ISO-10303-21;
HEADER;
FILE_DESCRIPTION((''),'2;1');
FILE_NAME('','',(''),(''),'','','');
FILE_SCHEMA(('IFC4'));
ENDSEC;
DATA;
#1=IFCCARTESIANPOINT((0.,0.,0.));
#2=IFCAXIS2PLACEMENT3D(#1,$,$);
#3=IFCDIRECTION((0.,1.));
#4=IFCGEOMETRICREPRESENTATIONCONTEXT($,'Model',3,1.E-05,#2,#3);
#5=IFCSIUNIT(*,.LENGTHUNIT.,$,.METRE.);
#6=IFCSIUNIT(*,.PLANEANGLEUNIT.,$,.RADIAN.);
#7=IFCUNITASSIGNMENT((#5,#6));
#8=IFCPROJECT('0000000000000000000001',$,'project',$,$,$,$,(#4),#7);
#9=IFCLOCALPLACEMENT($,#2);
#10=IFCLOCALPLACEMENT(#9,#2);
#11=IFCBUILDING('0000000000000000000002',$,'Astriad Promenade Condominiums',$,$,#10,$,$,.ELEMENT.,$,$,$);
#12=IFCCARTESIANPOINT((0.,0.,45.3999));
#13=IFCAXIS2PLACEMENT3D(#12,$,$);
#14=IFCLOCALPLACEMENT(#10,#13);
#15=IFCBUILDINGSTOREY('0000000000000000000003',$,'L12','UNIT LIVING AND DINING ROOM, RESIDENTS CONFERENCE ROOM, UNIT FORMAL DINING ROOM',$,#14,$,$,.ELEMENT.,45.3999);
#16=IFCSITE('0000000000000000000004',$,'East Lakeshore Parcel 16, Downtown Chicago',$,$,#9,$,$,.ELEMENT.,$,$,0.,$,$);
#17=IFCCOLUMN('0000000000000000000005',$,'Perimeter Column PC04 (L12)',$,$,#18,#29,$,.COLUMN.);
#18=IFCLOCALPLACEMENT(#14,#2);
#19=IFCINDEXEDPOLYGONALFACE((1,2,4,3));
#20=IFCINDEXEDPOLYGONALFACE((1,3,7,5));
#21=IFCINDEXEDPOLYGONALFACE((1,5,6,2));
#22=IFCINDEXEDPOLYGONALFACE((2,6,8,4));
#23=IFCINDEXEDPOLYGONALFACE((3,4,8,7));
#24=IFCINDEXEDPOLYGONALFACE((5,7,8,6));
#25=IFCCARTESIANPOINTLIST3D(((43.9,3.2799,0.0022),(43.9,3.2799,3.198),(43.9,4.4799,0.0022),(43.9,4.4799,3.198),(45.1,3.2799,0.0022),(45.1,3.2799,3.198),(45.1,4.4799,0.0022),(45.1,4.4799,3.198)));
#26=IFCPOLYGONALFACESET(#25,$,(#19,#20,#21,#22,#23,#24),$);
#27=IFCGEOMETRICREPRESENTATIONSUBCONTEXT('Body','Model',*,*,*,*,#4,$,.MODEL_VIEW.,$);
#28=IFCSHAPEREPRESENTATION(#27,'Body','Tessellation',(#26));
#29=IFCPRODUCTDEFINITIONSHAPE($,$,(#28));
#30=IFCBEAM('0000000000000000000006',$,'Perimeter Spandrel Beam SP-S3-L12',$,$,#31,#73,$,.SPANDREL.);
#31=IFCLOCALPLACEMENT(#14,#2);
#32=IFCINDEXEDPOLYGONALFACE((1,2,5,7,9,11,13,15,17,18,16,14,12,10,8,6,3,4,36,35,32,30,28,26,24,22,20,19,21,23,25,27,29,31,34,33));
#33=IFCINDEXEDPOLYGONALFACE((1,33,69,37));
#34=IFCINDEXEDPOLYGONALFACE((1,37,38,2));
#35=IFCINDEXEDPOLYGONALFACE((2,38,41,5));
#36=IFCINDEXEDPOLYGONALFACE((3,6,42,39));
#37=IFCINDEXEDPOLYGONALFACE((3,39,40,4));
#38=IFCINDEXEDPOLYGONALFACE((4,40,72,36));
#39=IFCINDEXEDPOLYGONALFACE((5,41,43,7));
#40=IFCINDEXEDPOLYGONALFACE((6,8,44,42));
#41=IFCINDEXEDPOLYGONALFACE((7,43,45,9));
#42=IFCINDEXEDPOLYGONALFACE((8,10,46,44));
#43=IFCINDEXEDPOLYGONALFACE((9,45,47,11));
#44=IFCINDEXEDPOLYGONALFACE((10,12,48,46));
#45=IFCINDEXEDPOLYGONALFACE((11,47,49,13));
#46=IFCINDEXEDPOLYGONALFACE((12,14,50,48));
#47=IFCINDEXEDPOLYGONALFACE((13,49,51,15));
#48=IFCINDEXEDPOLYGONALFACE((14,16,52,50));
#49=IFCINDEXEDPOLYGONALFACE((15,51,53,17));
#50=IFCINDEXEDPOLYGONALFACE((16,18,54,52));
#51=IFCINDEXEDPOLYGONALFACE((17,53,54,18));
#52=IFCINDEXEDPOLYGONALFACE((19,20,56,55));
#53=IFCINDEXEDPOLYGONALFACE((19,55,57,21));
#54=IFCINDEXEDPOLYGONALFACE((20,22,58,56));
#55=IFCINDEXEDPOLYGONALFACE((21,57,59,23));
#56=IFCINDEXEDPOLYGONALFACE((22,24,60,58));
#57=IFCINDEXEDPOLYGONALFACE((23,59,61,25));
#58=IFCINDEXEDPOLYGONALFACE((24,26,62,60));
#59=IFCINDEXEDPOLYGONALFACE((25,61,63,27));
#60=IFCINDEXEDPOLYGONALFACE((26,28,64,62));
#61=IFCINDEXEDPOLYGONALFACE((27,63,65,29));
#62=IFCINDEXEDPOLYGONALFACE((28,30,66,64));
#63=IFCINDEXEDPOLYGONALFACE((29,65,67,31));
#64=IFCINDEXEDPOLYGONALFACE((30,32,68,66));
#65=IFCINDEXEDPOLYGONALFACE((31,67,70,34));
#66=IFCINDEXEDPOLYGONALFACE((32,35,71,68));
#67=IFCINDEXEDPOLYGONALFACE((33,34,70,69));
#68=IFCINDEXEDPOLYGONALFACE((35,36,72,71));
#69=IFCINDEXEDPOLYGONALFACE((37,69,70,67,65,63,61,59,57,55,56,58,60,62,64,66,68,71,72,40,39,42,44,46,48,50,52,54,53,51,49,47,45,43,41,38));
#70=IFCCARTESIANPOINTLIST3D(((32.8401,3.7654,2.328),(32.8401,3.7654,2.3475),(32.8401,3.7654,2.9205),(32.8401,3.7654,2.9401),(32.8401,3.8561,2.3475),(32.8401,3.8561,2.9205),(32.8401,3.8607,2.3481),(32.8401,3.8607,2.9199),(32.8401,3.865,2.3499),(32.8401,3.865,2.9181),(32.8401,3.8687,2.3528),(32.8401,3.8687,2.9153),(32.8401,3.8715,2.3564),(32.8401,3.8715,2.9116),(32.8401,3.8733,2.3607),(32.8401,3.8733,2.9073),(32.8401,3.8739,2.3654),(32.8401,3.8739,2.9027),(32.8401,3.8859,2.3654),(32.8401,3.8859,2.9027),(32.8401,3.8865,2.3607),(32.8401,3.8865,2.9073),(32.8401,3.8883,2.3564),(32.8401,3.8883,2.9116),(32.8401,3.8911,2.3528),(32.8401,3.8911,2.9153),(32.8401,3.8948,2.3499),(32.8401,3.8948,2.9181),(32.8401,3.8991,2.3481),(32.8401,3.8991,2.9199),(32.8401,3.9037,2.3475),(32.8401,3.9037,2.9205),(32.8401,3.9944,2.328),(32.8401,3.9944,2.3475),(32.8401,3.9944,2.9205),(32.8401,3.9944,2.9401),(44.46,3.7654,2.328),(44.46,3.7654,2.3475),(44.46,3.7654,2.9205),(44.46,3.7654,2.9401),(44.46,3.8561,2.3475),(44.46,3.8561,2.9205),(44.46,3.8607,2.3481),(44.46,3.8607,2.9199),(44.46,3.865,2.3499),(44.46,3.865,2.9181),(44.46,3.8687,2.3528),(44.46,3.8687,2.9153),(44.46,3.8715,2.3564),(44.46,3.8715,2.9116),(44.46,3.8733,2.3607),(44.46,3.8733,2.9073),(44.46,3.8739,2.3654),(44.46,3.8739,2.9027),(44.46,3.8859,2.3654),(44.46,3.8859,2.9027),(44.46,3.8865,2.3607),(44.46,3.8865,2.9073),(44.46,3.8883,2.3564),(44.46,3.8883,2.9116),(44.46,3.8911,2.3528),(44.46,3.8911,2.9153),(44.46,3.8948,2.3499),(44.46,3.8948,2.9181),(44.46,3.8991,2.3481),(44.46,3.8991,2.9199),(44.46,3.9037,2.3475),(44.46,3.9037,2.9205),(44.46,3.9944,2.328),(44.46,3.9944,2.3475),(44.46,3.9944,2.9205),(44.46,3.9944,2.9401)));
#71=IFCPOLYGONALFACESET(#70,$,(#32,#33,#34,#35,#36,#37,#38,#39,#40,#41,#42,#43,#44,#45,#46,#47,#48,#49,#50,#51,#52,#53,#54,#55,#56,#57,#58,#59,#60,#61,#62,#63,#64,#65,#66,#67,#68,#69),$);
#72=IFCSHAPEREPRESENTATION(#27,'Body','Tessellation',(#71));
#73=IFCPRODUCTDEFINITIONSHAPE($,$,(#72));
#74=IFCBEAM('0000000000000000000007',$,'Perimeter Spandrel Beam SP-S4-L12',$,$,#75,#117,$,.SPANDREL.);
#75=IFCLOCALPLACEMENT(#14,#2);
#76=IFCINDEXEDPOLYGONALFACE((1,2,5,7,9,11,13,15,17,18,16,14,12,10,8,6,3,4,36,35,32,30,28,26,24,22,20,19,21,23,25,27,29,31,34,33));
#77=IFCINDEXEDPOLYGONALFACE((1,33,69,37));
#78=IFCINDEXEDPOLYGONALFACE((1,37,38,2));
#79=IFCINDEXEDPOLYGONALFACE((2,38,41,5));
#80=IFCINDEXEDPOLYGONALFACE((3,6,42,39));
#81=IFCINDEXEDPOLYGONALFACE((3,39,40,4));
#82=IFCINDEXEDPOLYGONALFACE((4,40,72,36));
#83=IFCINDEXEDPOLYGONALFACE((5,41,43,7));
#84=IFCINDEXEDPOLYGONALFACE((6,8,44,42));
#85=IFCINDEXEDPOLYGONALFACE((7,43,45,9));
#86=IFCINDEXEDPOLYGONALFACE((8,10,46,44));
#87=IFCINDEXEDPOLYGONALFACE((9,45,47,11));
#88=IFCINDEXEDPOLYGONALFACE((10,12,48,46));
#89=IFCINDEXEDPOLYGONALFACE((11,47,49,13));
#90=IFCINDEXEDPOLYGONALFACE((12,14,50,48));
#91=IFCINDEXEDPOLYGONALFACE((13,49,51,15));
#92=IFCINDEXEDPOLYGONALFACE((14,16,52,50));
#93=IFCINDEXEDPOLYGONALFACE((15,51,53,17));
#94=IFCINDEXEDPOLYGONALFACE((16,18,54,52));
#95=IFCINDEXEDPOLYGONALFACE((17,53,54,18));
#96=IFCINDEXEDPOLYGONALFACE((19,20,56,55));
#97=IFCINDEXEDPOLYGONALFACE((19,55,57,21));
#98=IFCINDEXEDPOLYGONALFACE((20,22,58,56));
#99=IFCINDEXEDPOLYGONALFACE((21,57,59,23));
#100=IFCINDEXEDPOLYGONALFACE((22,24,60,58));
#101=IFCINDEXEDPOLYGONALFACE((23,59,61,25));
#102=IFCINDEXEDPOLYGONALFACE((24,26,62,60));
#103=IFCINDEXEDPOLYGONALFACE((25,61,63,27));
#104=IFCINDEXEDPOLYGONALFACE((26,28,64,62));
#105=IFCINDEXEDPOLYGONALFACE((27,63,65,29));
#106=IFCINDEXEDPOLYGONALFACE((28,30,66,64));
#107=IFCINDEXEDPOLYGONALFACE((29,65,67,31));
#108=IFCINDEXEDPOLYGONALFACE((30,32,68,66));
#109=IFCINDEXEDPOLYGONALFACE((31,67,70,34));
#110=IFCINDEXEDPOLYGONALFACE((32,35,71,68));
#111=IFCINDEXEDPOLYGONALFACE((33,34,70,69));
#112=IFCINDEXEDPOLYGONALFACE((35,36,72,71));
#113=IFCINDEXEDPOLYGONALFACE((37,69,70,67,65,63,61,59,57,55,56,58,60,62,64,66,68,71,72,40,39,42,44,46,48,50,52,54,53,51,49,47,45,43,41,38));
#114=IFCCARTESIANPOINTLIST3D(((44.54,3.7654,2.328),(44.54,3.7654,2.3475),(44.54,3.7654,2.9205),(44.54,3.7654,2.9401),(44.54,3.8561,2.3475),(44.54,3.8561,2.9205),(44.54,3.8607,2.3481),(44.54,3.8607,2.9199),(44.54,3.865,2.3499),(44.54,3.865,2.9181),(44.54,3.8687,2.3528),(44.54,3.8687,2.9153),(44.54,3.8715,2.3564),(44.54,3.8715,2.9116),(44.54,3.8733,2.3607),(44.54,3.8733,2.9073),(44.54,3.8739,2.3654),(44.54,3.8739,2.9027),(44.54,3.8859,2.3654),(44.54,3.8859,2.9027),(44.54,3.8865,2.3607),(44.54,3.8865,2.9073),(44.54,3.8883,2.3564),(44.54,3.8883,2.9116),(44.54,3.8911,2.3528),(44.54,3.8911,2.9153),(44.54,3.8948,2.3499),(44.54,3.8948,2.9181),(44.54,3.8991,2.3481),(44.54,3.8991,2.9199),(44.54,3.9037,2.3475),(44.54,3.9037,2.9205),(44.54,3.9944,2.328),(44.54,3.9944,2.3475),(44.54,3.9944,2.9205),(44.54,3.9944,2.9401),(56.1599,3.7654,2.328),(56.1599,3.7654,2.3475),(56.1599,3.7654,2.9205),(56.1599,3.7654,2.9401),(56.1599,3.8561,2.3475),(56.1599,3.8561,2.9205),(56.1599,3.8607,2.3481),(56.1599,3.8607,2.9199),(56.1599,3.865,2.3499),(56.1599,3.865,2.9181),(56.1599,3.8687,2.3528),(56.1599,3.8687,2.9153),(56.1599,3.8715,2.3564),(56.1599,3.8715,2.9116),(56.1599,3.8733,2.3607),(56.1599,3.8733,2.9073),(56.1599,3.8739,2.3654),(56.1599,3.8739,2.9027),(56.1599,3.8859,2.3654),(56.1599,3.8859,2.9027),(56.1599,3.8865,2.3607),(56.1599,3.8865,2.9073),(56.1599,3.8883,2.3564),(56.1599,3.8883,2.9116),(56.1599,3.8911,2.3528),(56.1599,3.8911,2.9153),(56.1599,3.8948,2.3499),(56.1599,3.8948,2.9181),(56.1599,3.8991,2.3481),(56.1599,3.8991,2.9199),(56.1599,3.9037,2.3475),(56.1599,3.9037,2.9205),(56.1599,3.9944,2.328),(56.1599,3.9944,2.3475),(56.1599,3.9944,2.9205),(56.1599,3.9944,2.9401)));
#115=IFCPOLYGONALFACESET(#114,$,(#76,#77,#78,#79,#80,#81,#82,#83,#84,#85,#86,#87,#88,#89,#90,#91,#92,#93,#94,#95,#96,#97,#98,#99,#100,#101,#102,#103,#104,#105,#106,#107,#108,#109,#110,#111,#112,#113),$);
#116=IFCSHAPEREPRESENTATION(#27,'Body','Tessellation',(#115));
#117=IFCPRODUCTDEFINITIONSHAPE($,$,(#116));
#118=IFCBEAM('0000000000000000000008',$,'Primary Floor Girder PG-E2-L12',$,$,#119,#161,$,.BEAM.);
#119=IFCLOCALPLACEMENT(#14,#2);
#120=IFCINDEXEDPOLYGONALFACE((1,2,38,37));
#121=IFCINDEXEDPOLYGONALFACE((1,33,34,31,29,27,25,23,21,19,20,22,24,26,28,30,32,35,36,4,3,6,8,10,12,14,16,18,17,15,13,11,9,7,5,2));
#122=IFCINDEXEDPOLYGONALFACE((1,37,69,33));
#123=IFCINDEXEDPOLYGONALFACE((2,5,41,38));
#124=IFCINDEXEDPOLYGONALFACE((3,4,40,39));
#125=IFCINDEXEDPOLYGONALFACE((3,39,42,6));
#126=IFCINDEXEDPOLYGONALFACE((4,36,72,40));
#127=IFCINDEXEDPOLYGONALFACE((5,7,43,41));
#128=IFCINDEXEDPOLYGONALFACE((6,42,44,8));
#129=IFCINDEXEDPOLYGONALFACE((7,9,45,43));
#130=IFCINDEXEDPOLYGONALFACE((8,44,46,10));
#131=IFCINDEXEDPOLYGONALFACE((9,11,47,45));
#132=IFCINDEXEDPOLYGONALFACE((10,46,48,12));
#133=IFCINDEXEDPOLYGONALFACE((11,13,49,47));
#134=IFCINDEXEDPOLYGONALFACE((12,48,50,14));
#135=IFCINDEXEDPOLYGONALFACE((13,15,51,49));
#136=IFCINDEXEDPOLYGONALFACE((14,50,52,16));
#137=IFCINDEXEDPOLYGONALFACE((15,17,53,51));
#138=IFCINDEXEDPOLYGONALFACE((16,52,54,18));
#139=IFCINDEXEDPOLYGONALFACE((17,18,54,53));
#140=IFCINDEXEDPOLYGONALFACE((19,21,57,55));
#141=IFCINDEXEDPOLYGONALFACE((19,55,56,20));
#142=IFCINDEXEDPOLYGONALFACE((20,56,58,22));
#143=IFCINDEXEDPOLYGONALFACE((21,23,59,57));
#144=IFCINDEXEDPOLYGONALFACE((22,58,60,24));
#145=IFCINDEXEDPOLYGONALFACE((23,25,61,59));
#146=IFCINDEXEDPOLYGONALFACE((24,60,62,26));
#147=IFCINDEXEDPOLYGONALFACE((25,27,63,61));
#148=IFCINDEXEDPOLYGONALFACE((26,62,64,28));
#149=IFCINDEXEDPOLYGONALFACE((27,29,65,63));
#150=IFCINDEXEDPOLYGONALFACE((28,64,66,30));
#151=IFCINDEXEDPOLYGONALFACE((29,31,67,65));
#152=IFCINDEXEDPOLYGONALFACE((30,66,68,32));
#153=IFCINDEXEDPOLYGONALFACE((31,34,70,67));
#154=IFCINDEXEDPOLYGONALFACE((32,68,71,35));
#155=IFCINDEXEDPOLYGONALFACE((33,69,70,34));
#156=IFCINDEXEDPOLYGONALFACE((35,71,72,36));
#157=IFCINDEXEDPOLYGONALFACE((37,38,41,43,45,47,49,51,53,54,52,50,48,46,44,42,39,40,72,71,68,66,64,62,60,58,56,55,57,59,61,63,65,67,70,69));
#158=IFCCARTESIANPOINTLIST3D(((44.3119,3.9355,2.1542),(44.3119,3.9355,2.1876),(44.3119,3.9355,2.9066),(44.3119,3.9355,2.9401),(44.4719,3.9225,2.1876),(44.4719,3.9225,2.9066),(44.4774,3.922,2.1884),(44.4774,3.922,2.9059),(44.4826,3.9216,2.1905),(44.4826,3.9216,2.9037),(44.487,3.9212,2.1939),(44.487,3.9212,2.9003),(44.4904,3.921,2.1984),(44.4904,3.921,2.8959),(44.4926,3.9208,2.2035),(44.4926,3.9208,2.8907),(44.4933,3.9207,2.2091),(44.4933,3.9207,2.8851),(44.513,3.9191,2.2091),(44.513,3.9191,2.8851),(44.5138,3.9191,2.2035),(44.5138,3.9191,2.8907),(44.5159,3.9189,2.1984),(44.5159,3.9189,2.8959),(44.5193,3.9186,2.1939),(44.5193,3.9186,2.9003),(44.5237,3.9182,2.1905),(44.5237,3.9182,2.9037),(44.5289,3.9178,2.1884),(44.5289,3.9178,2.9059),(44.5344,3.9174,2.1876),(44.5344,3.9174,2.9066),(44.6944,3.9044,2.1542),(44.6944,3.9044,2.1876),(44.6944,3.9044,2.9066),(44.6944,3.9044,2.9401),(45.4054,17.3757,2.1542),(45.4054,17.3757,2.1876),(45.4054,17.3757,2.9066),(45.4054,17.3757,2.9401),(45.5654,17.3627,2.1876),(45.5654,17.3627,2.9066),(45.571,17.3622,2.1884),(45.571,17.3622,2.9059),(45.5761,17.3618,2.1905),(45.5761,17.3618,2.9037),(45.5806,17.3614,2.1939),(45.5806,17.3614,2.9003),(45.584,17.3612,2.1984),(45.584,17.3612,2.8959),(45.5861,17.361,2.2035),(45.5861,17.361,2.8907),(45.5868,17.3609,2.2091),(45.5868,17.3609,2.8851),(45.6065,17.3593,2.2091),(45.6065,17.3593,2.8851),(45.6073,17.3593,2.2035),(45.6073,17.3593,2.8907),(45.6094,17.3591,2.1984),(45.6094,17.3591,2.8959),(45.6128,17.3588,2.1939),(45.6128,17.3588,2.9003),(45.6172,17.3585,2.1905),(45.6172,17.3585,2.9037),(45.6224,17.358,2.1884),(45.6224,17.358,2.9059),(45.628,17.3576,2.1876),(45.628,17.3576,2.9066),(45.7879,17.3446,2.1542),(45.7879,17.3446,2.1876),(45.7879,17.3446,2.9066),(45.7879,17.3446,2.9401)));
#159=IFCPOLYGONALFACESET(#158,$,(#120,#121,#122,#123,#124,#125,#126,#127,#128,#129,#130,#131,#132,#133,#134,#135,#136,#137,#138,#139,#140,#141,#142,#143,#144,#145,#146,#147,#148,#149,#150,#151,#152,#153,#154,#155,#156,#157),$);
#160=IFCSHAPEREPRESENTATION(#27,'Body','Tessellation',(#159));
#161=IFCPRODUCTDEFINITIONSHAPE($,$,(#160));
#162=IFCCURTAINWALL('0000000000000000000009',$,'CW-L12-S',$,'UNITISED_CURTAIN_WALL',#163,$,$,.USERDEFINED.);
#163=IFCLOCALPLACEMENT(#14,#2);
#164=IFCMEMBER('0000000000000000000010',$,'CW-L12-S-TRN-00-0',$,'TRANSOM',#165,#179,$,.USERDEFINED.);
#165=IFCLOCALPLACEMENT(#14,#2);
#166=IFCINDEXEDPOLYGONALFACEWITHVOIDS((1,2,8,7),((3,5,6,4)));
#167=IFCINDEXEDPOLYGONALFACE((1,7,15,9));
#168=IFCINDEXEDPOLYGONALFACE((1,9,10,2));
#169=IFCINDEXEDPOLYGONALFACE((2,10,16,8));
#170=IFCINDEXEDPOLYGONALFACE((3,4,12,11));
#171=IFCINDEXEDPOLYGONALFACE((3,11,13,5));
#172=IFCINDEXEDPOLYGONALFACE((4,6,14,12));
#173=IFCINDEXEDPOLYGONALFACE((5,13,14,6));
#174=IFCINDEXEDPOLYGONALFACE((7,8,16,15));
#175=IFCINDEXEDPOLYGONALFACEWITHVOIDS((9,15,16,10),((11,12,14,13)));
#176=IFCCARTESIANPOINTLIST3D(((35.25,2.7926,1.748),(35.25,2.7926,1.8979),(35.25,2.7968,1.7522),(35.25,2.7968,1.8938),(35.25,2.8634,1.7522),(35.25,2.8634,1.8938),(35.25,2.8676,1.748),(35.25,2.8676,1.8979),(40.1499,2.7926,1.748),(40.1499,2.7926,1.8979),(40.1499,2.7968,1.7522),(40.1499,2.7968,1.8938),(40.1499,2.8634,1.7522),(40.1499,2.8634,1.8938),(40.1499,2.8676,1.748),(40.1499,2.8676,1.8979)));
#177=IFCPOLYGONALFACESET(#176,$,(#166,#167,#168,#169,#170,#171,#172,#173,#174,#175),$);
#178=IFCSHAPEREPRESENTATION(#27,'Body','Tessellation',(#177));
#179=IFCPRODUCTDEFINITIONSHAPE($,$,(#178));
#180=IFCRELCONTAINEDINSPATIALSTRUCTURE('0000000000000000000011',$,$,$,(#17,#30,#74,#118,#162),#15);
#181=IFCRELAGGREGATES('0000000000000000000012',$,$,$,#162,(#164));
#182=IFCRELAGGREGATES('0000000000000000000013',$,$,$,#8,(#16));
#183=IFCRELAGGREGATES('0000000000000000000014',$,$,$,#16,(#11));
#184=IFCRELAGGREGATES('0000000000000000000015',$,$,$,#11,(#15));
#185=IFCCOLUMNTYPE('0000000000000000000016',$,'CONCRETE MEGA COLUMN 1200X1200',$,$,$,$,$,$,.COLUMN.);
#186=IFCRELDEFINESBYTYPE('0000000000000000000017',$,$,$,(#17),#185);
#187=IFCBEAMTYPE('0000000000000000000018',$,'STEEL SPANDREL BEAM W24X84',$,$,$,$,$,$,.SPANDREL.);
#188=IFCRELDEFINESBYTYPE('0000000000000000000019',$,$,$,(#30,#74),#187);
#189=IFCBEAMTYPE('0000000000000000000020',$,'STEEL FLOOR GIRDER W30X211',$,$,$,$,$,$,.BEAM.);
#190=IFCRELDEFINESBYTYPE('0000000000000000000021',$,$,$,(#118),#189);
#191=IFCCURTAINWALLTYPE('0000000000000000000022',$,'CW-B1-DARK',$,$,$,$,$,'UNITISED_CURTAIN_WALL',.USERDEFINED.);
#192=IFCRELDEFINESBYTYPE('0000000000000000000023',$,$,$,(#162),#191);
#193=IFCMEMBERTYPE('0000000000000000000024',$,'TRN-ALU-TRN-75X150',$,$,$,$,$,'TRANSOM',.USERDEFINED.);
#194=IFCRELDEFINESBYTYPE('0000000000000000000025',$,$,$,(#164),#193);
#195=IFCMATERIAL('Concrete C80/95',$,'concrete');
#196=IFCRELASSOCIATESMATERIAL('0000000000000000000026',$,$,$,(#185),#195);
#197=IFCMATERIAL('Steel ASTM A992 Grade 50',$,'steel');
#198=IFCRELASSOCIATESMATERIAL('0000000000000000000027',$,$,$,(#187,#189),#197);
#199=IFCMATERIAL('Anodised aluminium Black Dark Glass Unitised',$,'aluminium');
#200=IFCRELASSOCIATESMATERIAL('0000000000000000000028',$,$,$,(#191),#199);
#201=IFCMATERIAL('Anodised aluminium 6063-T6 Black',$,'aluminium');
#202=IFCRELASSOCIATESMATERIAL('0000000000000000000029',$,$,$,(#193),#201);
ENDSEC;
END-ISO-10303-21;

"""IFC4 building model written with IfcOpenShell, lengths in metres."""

from ifc_helpers import new_model, si_unit, direction, frame, origin, origin_2d, place, context, subcontext, project, spatial, rectangle, hollow_rectangle, i_section, extrude, source, transform, mapped, material, material_profile, profile_set, type_object, type_shapes, element, aggregate, save


model = new_model("IFC4")

# Units and contexts
model_context = context("Model", 3, precision=1e-05, world=origin(), true_north=direction((0.0, 1.0)))
body_context = subcontext(model_context, "Body", "Model", "MODEL_VIEW")
ifc_project = project(units=[si_unit("LENGTHUNIT", "METRE"), si_unit("PLANEANGLEUNIT", "RADIAN")], contexts=[model_context])

# Site, building, storey
site_placement = place(None, origin())
site = spatial("IfcSite", under=ifc_project, at=site_placement, Name="East Lakeshore Parcel 16, Downtown Chicago", CompositionType="ELEMENT", RefElevation=0.0)
building_placement = place(site_placement, origin())
building = spatial("IfcBuilding", under=site, at=building_placement, Name="Astriad Promenade Condominiums", CompositionType="ELEMENT")
storey_placement = place(building_placement, frame((0.0, 0.0, 45.3999)))
storey = spatial("IfcBuildingStorey", under=building, at=storey_placement, Name="L12", Description="UNIT LIVING AND DINING ROOM, RESIDENTS CONFERENCE ROOM, UNIT FORMAL DINING ROOM", CompositionType="ELEMENT", Elevation=45.3999)

# Column
ifc_material_1 = material(Name="Concrete C80/95", Category="concrete")
ifc_material_profile_1 = material_profile(ifc_material_1, rectangle(XDim=1.2, YDim=1.2, at=origin_2d()), Name="RC-COL-1200X1200")
ifc_profile_set_1 = profile_set([ifc_material_profile_1], Name="Concrete C80/95")
column_type = type_object("IfcColumnType", Name="CONCRETE MEGA COLUMN 1200X1200", PredefinedType="COLUMN", material=ifc_profile_set_1)
shared_shape_1 = source(origin(), body_context, "Body", "SweptSolid", [
    extrude(rectangle(XDim=1.2, YDim=1.2, at=origin_2d()), origin(), (0.0, 0.0, 1.0), 3.1958),
])
type_shapes(column_type, [shared_shape_1])
column_placement = place(storey_placement, frame((44.5, 3.8799, 0.0022), z_axis=(0.0, 0.0, 1.0), x_axis=(1.0, 0.0, 0.0)))
element("IfcColumn", 1, at=column_placement, inside=storey, type_object=column_type, Name="Perimeter Column PC04 (L12)", PredefinedType="COLUMN", context=body_context, shape_type="MappedRepresentation", body=[
    mapped(shared_shape_1, transform((0.0, 0.0, 0.0), scale=1.0)),
])

# Beams
ifc_material_2 = material(Name="Steel ASTM A992 Grade 50", Category="steel")
ifc_material_profile_2 = material_profile(ifc_material_2, i_section(OverallWidth=0.229, OverallDepth=0.6121, WebThickness=0.012, FlangeThickness=0.0195, FilletRadius=0.0178, at=origin_2d()), Name="W24X84")
ifc_profile_set_2 = profile_set([ifc_material_profile_2], Name="Steel ASTM A992 Grade 50")
beam_type_1 = type_object("IfcBeamType", Name="STEEL SPANDREL BEAM W24X84", PredefinedType="SPANDREL", material=ifc_profile_set_2)
shared_shape_2 = source(origin(), body_context, "Body", "SweptSolid", [
    extrude(i_section(OverallWidth=0.229, OverallDepth=0.6121, WebThickness=0.012, FlangeThickness=0.0195, FilletRadius=0.0178, at=origin_2d()), origin(), (0.0, 0.0, 1.0), 11.6199),
])
type_shapes(beam_type_1, [shared_shape_2])
for number, where, z_axis, x_axis, name in (
    (2, (32.8401, 3.8799, 2.634), (1.0, 0.0, 0.0), (0.0, 1.0, 0.0), "Perimeter Spandrel Beam SP-S3-L12"),
    (3, (44.54, 3.8799, 2.634), (1.0, 0.0, 0.0), (0.0, 1.0, 0.0), "Perimeter Spandrel Beam SP-S4-L12"),
):
    element("IfcBeam", number, at=place(storey_placement, frame(where, z_axis=z_axis, x_axis=x_axis)), inside=storey, type_object=beam_type_1, Name=name, PredefinedType="SPANDREL", context=body_context, shape_type="MappedRepresentation", body=[
        mapped(shared_shape_2, transform((0.0, 0.0, 0.0), scale=1.0)),
    ])
ifc_material_profile_3 = material_profile(ifc_material_2, i_section(OverallWidth=0.3838, OverallDepth=0.7859, WebThickness=0.0198, FlangeThickness=0.0334, FilletRadius=0.0215, at=origin_2d()), Name="W30X211")
ifc_profile_set_3 = profile_set([ifc_material_profile_3], Name="Steel ASTM A992 Grade 50")
beam_type_2 = type_object("IfcBeamType", Name="STEEL FLOOR GIRDER W30X211", PredefinedType="BEAM", material=ifc_profile_set_3)
shared_shape_3 = source(origin(), body_context, "Body", "SweptSolid", [
    extrude(i_section(OverallWidth=0.3838, OverallDepth=0.7859, WebThickness=0.0198, FlangeThickness=0.0334, FilletRadius=0.0215, at=origin_2d()), origin(), (0.0, 0.0, 1.0), 13.4846),
])
type_shapes(beam_type_2, [shared_shape_3])
beam_placement = place(storey_placement, frame((44.5032, 3.9199, 2.5471), z_axis=(0.081093, 0.996707, 0.0), x_axis=(-0.996707, 0.081093, 0.0)))
element("IfcBeam", 4, at=beam_placement, inside=storey, type_object=beam_type_2, Name="Primary Floor Girder PG-E2-L12", PredefinedType="BEAM", context=body_context, shape_type="MappedRepresentation", body=[
    mapped(shared_shape_3, transform((0.0, 0.0, 0.0), scale=1.0)),
])

# Curtain wall, member
ifc_material_3 = material(Name="Anodised aluminium Black Dark Glass Unitised", Category="aluminium")
curtain_wall_type = type_object("IfcCurtainWallType", Name="CW-B1-DARK", ElementType="UNITISED_CURTAIN_WALL", PredefinedType="USERDEFINED", material=ifc_material_3)
curtain_wall_placement = place(storey_placement, origin())
curtain_wall = element("IfcCurtainWall", 5, at=curtain_wall_placement, inside=storey, type_object=curtain_wall_type, Name="CW-L12-S", ObjectType="UNITISED_CURTAIN_WALL", PredefinedType="USERDEFINED")
ifc_material_4 = material(Name="Anodised aluminium 6063-T6 Black", Category="aluminium")
ifc_material_profile_4 = material_profile(ifc_material_4, hollow_rectangle(XDim=0.075, YDim=0.1499, WallThickness=0.0042, at=origin_2d()), Name="ALU-TRN-75X150")
ifc_profile_set_4 = profile_set([ifc_material_profile_4], Name="Anodised aluminium 6063-T6 Black")
member_type_1 = type_object("IfcMemberType", Name="TRN-ALU-TRN-75X150", ElementType="TRANSOM", PredefinedType="USERDEFINED", material=ifc_profile_set_4)
shared_shape_4 = source(origin(), body_context, "Body", "SweptSolid", [
    extrude(hollow_rectangle(XDim=0.075, YDim=0.1499, WallThickness=0.0042, at=origin_2d()), origin(), (0.0, 0.0, 1.0), 4.8999),
])
type_shapes(member_type_1, [shared_shape_4])
member_1_placement = place(storey_placement, frame((40.1499, 2.8301, 1.823), z_axis=(-1.0, 0.0, 0.0), x_axis=(0.0, -1.0, 0.0)))
member_1 = element("IfcMember", 6, at=member_1_placement, type_object=member_type_1, Name="CW-L12-S-TRN-00-0", ObjectType="TRANSOM", PredefinedType="USERDEFINED", context=body_context, shape_type="MappedRepresentation", body=[
    mapped(shared_shape_4, transform((0.0, 0.0, 0.0), scale=1.0)),
])
aggregate(curtain_wall, [member_1])

save(model, "model.ifc")
